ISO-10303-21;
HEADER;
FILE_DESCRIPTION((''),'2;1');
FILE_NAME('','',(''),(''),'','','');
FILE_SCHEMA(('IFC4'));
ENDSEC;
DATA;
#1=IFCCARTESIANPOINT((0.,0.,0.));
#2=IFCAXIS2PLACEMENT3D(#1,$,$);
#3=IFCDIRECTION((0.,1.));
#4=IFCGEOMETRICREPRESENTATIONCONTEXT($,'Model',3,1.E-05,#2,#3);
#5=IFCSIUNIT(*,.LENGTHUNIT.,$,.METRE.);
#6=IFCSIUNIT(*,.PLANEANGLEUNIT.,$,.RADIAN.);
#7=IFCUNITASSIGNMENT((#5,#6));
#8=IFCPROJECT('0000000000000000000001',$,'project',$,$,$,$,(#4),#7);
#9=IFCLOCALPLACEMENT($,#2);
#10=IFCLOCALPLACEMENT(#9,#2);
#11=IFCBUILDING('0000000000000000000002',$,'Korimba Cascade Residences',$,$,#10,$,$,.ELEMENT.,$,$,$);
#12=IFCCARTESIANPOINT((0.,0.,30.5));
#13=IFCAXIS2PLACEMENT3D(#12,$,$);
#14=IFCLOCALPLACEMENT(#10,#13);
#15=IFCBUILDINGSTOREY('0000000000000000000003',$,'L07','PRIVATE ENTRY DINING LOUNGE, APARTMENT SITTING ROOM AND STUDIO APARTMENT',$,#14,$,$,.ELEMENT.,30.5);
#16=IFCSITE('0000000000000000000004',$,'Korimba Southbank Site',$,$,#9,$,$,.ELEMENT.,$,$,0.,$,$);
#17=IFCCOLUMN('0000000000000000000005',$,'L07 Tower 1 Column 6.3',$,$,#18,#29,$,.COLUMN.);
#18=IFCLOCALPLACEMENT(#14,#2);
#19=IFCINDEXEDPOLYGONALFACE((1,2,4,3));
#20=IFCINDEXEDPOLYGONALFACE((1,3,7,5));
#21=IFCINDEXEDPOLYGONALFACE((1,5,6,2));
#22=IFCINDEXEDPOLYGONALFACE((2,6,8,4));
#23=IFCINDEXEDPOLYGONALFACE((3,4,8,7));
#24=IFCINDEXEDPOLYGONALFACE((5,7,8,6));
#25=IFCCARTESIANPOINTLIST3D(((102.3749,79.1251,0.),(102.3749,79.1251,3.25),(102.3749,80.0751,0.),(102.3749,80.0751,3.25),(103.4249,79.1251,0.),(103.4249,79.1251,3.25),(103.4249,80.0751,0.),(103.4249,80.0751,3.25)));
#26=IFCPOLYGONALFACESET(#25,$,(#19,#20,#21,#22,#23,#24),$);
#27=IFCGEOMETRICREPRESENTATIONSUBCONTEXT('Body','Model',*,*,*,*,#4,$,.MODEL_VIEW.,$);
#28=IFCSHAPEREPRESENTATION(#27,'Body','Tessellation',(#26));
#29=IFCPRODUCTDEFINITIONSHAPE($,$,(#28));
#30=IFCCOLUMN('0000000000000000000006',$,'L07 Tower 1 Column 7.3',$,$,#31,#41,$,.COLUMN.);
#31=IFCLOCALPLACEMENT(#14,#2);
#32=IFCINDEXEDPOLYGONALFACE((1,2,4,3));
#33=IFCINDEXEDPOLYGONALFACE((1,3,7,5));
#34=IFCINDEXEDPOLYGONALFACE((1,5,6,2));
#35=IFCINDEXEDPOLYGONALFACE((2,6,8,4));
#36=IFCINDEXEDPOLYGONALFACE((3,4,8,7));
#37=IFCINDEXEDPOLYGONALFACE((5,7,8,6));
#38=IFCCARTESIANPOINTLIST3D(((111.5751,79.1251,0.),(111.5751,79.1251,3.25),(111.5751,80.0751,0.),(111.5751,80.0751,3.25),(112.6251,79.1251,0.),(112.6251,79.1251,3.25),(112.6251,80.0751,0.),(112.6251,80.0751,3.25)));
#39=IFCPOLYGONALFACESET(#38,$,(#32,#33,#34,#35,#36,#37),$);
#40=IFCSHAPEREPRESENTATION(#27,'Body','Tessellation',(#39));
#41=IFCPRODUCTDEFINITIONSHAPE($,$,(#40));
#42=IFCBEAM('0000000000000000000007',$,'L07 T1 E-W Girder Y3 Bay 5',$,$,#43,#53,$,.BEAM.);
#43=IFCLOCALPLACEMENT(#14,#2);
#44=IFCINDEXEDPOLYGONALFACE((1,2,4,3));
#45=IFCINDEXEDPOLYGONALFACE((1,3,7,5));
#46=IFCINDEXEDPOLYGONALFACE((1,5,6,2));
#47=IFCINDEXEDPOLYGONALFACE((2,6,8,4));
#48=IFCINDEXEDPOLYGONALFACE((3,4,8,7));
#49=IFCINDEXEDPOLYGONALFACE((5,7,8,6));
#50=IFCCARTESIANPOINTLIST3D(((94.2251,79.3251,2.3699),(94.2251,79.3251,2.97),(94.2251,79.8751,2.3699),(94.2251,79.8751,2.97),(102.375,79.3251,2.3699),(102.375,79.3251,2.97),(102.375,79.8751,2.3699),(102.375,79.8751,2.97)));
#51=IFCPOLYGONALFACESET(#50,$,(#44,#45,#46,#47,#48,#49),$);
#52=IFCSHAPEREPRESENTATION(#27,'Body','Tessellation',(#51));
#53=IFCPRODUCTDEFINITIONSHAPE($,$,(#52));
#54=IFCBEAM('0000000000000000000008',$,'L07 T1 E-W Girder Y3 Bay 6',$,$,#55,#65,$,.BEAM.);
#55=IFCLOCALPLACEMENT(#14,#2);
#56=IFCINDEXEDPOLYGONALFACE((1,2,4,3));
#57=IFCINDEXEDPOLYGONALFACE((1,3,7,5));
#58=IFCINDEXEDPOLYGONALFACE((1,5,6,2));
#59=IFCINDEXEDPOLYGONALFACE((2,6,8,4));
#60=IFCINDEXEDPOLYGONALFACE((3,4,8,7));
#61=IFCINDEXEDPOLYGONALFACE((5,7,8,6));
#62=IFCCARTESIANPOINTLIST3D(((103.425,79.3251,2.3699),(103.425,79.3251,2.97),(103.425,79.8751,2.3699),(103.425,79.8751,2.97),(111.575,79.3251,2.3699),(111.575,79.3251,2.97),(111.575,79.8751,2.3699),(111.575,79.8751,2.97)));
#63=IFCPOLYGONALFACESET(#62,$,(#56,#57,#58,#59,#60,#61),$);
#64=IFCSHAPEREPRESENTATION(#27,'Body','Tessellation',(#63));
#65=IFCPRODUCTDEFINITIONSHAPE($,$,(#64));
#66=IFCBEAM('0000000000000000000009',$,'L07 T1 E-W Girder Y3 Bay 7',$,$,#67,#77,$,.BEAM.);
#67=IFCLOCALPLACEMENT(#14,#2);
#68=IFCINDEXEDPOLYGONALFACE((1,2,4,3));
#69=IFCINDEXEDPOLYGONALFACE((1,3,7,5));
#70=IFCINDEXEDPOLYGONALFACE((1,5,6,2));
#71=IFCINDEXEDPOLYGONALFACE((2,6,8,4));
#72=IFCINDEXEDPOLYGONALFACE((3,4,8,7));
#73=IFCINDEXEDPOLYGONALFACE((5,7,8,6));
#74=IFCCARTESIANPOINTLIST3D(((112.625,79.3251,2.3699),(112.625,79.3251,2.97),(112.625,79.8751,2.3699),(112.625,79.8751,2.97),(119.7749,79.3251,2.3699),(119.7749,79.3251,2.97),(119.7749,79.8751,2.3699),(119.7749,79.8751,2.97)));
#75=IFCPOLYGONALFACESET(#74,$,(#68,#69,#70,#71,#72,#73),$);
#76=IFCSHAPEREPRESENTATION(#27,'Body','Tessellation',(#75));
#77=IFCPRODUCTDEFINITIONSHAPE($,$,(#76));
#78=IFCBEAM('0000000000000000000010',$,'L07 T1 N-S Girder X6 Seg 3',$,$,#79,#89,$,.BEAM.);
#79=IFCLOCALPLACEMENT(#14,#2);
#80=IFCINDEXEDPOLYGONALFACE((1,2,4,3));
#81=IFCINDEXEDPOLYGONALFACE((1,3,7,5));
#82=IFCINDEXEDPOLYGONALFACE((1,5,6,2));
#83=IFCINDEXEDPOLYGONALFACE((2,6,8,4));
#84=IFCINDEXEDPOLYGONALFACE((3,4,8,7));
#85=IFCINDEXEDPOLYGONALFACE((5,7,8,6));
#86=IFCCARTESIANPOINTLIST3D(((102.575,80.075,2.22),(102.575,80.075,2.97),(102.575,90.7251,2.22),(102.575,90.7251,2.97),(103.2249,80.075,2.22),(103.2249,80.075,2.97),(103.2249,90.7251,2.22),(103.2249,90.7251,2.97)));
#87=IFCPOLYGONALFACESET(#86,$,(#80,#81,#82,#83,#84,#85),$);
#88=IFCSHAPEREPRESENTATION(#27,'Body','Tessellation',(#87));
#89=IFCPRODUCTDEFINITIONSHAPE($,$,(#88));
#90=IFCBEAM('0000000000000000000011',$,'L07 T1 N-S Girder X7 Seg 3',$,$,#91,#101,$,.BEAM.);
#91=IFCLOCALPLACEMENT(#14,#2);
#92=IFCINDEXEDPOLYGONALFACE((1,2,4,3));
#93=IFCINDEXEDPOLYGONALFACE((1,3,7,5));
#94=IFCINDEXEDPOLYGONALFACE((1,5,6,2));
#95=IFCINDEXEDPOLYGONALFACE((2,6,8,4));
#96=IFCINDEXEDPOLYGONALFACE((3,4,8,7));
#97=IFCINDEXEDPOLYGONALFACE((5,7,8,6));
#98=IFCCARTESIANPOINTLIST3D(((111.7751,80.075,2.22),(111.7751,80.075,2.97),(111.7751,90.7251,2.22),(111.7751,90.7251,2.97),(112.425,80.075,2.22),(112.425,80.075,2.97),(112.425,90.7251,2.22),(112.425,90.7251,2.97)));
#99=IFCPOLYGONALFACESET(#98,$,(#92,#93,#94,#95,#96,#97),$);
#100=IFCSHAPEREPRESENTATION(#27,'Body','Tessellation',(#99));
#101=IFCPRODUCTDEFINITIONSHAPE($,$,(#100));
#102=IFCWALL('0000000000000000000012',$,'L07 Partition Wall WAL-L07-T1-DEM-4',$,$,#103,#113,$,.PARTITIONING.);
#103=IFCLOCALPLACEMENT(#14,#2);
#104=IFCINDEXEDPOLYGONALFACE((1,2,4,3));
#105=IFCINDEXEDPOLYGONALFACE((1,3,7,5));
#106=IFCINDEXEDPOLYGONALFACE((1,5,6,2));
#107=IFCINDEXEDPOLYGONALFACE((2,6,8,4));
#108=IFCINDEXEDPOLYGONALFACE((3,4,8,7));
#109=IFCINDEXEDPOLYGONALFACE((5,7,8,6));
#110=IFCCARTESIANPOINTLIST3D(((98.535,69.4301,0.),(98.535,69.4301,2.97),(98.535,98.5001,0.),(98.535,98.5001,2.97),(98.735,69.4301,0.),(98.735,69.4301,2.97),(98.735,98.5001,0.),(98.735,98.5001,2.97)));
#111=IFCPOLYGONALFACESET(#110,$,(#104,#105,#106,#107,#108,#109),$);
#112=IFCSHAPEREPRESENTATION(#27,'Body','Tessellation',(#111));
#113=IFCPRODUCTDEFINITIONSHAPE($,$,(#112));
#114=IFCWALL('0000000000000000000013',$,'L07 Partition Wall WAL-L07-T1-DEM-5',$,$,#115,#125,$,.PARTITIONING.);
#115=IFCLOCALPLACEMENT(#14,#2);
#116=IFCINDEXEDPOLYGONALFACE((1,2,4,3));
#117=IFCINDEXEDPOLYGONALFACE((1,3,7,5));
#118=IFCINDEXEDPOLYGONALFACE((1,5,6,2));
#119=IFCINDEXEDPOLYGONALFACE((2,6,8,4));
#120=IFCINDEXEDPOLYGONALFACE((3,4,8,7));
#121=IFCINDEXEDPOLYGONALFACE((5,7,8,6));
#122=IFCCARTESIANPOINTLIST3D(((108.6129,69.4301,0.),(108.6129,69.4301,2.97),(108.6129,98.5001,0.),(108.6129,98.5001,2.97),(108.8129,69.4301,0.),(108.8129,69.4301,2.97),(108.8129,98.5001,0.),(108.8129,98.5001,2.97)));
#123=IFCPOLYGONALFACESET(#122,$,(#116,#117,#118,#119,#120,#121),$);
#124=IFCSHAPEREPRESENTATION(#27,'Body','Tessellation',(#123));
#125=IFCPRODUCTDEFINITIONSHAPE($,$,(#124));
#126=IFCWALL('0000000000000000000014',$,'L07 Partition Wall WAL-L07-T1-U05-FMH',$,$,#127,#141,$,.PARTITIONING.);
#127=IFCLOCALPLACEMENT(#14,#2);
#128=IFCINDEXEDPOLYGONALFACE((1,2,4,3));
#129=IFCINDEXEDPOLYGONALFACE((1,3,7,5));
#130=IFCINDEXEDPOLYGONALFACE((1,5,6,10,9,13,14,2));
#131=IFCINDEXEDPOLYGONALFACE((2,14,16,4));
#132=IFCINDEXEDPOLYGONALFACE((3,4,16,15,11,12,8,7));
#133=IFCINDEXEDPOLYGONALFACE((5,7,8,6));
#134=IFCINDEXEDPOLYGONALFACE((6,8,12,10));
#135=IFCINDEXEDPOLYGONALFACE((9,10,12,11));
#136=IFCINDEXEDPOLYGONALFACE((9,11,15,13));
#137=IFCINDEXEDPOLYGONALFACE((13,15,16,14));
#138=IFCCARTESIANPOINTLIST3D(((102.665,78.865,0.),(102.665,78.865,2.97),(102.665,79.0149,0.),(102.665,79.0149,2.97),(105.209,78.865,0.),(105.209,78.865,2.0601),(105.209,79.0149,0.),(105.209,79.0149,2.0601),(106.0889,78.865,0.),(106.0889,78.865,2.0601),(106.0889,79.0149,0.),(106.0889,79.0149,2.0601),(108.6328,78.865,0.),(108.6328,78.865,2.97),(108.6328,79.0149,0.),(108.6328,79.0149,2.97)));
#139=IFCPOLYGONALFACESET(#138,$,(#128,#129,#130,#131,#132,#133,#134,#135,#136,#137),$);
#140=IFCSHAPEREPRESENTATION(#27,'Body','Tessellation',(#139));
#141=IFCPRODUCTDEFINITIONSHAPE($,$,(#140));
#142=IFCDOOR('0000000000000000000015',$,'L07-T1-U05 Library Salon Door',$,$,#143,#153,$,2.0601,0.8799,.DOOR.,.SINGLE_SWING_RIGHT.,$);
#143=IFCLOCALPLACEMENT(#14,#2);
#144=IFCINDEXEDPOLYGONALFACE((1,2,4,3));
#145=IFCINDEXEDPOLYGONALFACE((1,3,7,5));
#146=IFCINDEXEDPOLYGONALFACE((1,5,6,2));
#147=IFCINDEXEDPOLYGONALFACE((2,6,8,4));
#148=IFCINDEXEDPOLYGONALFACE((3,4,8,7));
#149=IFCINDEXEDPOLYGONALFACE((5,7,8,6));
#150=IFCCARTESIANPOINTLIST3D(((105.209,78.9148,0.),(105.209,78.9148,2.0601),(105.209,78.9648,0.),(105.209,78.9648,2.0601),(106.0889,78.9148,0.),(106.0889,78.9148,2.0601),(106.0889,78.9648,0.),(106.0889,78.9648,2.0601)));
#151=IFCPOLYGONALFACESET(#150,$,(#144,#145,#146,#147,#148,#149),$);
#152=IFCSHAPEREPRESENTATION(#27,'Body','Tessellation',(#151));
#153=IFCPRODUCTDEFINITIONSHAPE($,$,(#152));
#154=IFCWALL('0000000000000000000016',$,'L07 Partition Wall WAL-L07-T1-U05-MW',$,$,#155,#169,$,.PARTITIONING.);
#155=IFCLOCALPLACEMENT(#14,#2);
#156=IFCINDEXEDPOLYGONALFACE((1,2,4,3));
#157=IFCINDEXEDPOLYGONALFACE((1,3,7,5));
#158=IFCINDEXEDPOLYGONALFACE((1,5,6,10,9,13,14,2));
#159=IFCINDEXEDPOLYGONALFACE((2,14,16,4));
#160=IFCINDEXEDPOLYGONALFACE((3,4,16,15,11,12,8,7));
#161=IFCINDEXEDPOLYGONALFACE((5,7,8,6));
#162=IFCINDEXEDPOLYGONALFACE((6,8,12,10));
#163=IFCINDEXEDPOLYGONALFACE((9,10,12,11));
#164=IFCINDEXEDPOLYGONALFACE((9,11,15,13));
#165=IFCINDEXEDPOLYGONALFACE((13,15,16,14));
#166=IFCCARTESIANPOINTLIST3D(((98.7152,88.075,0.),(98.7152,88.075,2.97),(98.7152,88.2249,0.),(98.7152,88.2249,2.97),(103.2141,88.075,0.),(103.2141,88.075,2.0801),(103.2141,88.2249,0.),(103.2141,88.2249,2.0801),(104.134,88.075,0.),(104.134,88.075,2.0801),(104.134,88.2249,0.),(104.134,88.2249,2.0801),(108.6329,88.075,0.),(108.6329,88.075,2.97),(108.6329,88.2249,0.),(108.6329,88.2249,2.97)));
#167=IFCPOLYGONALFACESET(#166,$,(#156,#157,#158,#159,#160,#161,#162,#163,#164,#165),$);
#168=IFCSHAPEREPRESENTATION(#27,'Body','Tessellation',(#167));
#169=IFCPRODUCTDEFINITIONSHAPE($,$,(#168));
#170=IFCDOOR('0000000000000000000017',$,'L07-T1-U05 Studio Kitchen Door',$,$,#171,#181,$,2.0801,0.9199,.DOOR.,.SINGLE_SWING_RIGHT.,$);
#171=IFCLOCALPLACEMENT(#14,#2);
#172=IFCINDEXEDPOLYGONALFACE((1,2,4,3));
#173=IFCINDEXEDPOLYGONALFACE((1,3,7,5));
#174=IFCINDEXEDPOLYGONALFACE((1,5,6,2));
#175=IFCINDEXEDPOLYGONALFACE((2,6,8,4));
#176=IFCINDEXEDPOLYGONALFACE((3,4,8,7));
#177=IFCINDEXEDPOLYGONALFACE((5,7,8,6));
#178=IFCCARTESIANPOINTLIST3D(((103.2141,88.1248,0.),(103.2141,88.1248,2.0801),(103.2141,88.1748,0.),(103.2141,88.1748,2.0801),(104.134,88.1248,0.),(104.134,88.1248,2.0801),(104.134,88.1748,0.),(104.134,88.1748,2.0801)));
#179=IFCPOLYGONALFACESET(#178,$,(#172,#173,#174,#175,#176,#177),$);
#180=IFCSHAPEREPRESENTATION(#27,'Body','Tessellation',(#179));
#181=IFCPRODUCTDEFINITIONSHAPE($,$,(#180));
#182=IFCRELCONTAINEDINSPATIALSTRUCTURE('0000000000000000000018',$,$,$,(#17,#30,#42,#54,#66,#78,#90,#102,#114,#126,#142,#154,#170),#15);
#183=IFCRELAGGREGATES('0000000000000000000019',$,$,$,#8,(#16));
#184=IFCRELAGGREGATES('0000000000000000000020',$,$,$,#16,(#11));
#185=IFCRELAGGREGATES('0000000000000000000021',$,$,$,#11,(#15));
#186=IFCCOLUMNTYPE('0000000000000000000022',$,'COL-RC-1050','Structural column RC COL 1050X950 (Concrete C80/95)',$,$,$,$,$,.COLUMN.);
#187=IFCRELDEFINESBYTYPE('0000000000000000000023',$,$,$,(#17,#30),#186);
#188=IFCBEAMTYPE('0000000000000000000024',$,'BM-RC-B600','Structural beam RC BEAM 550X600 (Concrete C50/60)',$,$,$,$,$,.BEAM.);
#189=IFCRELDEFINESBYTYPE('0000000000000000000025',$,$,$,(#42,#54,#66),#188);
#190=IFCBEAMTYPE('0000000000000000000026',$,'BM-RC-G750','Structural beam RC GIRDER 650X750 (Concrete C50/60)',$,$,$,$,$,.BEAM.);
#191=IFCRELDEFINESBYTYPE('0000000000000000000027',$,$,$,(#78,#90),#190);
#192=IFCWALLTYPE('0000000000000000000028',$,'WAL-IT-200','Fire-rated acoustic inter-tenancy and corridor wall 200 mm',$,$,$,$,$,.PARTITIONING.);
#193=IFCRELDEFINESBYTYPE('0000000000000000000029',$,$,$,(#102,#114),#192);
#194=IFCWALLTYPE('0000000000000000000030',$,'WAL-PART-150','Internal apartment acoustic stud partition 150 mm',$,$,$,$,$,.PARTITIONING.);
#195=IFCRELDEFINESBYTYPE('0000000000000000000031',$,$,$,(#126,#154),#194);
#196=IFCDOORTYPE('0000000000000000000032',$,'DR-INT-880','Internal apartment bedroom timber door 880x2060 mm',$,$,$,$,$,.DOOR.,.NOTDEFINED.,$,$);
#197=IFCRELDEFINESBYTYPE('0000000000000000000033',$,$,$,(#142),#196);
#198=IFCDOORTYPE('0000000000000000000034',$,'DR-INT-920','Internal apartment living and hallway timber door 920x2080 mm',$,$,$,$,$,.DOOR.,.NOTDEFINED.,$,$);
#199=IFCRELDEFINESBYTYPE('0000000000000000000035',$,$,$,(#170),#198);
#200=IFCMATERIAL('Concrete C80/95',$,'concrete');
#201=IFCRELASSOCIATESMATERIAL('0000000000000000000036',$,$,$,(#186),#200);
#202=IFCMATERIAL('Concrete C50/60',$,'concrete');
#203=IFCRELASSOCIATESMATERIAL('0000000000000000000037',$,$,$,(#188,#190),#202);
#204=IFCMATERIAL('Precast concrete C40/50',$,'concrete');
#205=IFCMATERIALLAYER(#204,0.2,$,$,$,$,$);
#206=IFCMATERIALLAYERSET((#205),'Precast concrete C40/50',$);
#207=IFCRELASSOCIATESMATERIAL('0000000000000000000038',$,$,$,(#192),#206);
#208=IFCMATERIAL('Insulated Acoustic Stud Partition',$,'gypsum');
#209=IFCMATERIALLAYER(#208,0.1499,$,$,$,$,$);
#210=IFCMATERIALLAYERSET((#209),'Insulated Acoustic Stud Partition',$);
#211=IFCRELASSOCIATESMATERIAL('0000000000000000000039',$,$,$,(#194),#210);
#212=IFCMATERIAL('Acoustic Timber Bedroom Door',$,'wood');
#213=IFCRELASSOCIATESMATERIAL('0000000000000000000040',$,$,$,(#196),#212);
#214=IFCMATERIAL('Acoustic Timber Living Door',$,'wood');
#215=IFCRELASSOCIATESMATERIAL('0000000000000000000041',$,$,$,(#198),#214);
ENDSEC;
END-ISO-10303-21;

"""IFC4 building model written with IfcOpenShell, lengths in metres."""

from ifc_helpers import new_model, si_unit, direction, frame, frame_2d, origin, origin_2d, place, context, subcontext, project, spatial, rectangle, extrude, material, layer, layer_set, material_profile, profile_set, type_object, element, fill, save


model = new_model("IFC4")

# Units and contexts
model_context = context("Model", 3, precision=1e-05, world=origin(), true_north=direction((0.0, 1.0)))
body_context = subcontext(model_context, "Body", "Model", "MODEL_VIEW")
ifc_project = project(units=[si_unit("LENGTHUNIT", "METRE"), si_unit("PLANEANGLEUNIT", "RADIAN")], contexts=[model_context])

# Site, building, storey
site_placement = place(None, origin())
site = spatial("IfcSite", under=ifc_project, at=site_placement, Name="Korimba Southbank Site", CompositionType="ELEMENT", RefElevation=0.0)
building_placement = place(site_placement, origin())
building = spatial("IfcBuilding", under=site, at=building_placement, Name="Korimba Cascade Residences", CompositionType="ELEMENT")
storey_placement = place(building_placement, frame((0.0, 0.0, 30.5)))
storey = spatial("IfcBuildingStorey", under=building, at=storey_placement, Name="L07", Description="PRIVATE ENTRY DINING LOUNGE, APARTMENT SITTING ROOM AND STUDIO APARTMENT", CompositionType="ELEMENT", Elevation=30.5)

# Columns
ifc_material_1 = material(Name="Concrete C80/95", Category="concrete")
ifc_material_profile_1 = material_profile(ifc_material_1, rectangle(XDim=1.05, YDim=0.95, at=origin_2d()), Name="Concrete C80/95")
ifc_profile_set_1 = profile_set([ifc_material_profile_1], Name="Concrete C80/95")
column_type = type_object("IfcColumnType", Name="COL-RC-1050", Description="Structural column RC COL 1050X950 (Concrete C80/95)", PredefinedType="COLUMN", material=ifc_profile_set_1)
for number, where, z_axis, x_axis, name in (
    (1, (102.8999, 79.6001, 0.0), (0.0, 0.0, 1.0), (1.0, 0.0, 0.0), "L07 Tower 1 Column 6.3"),
    (2, (112.1001, 79.6001, 0.0), (0.0, 0.0, 1.0), (1.0, 0.0, 0.0), "L07 Tower 1 Column 7.3"),
):
    element("IfcColumn", number, at=place(storey_placement, frame(where, z_axis=z_axis, x_axis=x_axis)), inside=storey, type_object=column_type, Name=name, PredefinedType="COLUMN", context=body_context, shape_type="SweptSolid", body=[
        extrude(rectangle(XDim=1.05, YDim=0.95, at=origin_2d()), origin(), (0.0, 0.0, 1.0), 3.25),
    ])

# Beams
ifc_material_2 = material(Name="Concrete C50/60", Category="concrete")
ifc_material_profile_2 = material_profile(ifc_material_2, rectangle(XDim=0.55, YDim=0.6001, at=origin_2d()), Name="Concrete C50/60")
ifc_profile_set_2 = profile_set([ifc_material_profile_2], Name="Concrete C50/60")
beam_type_1 = type_object("IfcBeamType", Name="BM-RC-B600", Description="Structural beam RC BEAM 550X600 (Concrete C50/60)", PredefinedType="BEAM", material=ifc_profile_set_2)
for number, where, z_axis, x_axis, name in (
    (3, (94.2251, 79.6001, 2.6699), (1.0, 0.0, 0.0), (0.0, 1.0, 0.0), "L07 T1 E-W Girder Y3 Bay 5"),
    (4, (103.425, 79.6001, 2.6699), (1.0, 0.0, 0.0), (0.0, 1.0, 0.0), "L07 T1 E-W Girder Y3 Bay 6"),
):
    element("IfcBeam", number, at=place(storey_placement, frame(where, z_axis=z_axis, x_axis=x_axis)), inside=storey, type_object=beam_type_1, Name=name, PredefinedType="BEAM", context=body_context, shape_type="SweptSolid", body=[
        extrude(rectangle(XDim=0.55, YDim=0.6001, at=origin_2d()), origin(), (0.0, 0.0, 1.0), 8.1499),
    ])
beam_placement = place(storey_placement, frame((112.625, 79.6001, 2.6699), z_axis=(1.0, 0.0, 0.0), x_axis=(0.0, 1.0, 0.0)))
element("IfcBeam", 5, at=beam_placement, inside=storey, type_object=beam_type_1, Name="L07 T1 E-W Girder Y3 Bay 7", PredefinedType="BEAM", context=body_context, shape_type="SweptSolid", body=[
    extrude(rectangle(XDim=0.55, YDim=0.6001, at=origin_2d()), origin(), (0.0, 0.0, 1.0), 7.1499),
])
ifc_material_profile_3 = material_profile(ifc_material_2, rectangle(XDim=0.6499, YDim=0.75, at=origin_2d()), Name="Concrete C50/60")
ifc_profile_set_3 = profile_set([ifc_material_profile_3], Name="Concrete C50/60")
beam_type_2 = type_object("IfcBeamType", Name="BM-RC-G750", Description="Structural beam RC GIRDER 650X750 (Concrete C50/60)", PredefinedType="BEAM", material=ifc_profile_set_3)
for number, where, z_axis, x_axis, name in (
    (6, (102.8999, 80.075, 2.595), (0.0, 1.0, 0.0), (-1.0, 0.0, 0.0), "L07 T1 N-S Girder X6 Seg 3"),
    (7, (112.1001, 80.075, 2.595), (0.0, 1.0, 0.0), (-1.0, 0.0, 0.0), "L07 T1 N-S Girder X7 Seg 3"),
):
    element("IfcBeam", number, at=place(storey_placement, frame(where, z_axis=z_axis, x_axis=x_axis)), inside=storey, type_object=beam_type_2, Name=name, PredefinedType="BEAM", context=body_context, shape_type="SweptSolid", body=[
        extrude(rectangle(XDim=0.6499, YDim=0.75, at=origin_2d()), origin(), (0.0, 0.0, 1.0), 10.6501),
    ])

# Walls
ifc_material_3 = material(Name="Precast concrete C40/50", Category="concrete")
ifc_layer_1 = layer(ifc_material_3, 0.2)
ifc_layer_set_1 = layer_set([ifc_layer_1], Name="Precast concrete C40/50")
wall_type_1 = type_object("IfcWallType", Name="WAL-IT-200", Description="Fire-rated acoustic inter-tenancy and corridor wall 200 mm", PredefinedType="PARTITIONING", material=ifc_layer_set_1)
for number, where, z_axis, x_axis, name in (
    (8, (98.635, 69.4299, 0.0), (0.0, 0.0, 1.0), (0.0, 1.0, 0.0), "L07 Partition Wall WAL-L07-T1-DEM-4"),
    (9, (108.7129, 69.4299, 0.0), (0.0, 0.0, 1.0), (0.0, 1.0, 0.0), "L07 Partition Wall WAL-L07-T1-DEM-5"),
):
    element("IfcWall", number, at=place(storey_placement, frame(where, z_axis=z_axis, x_axis=x_axis)), inside=storey, type_object=wall_type_1, Name=name, PredefinedType="PARTITIONING", context=body_context, shape_type="SweptSolid", body=[
        extrude(rectangle(XDim=29.0701, YDim=0.2, at=frame_2d((14.5352, 0.0))), origin(), (0.0, 0.0, 1.0), 2.97),
    ])

# Walls, openings, doors
ifc_material_4 = material(Name="Insulated Acoustic Stud Partition", Category="gypsum")
ifc_layer_2 = layer(ifc_material_4, 0.1499)
ifc_layer_set_2 = layer_set([ifc_layer_2], Name="Insulated Acoustic Stud Partition")
wall_type_2 = type_object("IfcWallType", Name="WAL-PART-150", Description="Internal apartment acoustic stud partition 150 mm", PredefinedType="PARTITIONING", material=ifc_layer_set_2)
wall_1_placement = place(storey_placement, frame((102.665, 78.9399, 0.0), z_axis=(0.0, 0.0, 1.0), x_axis=(1.0, 0.0, 0.0)))
wall_1 = element("IfcWall", 10, at=wall_1_placement, inside=storey, type_object=wall_type_2, Name="L07 Partition Wall WAL-L07-T1-U05-FMH", PredefinedType="PARTITIONING", context=body_context, shape_type="SweptSolid", body=[
    extrude(rectangle(XDim=5.9678, YDim=0.1499, at=frame_2d((2.9839, 0.0))), origin(), (0.0, 0.0, 1.0), 2.97),
])
opening_1_placement = place(wall_1_placement, frame((2.5439, 0.0, 0.0)))
opening_1 = element("IfcOpeningElement", 11, at=opening_1_placement, cuts=wall_1, PredefinedType="OPENING", context=body_context, shape_type="SweptSolid", body=[
    extrude(rectangle(XDim=0.8799, YDim=2.0601, at=frame_2d((0.4399, 1.03))), frame((0.0, 0.085, 0.0), z_axis=(0.0, -1.0, 0.0), x_axis=(1.0, 0.0, 0.0)), (0.0, 0.0, 1.0), 0.1699),
])
ifc_material_5 = material(Name="Acoustic Timber Bedroom Door", Category="wood")
door_type_1 = type_object("IfcDoorType", Name="DR-INT-880", Description="Internal apartment bedroom timber door 880x2060 mm", OperationType="NOTDEFINED", PredefinedType="DOOR", material=ifc_material_5)
door_1_placement = place(opening_1_placement, origin())
door_1 = element("IfcDoor", 12, at=door_1_placement, inside=storey, type_object=door_type_1, Name="L07-T1-U05 Library Salon Door", OperationType="SINGLE_SWING_RIGHT", OverallHeight=2.0601, OverallWidth=0.8799, PredefinedType="DOOR", context=body_context, shape_type="SweptSolid", body=[
    extrude(rectangle(XDim=0.8799, YDim=2.0601, at=frame_2d((0.4399, 1.03))), frame((0.0, 0.0249, 0.0), z_axis=(0.0, -1.0, 0.0), x_axis=(1.0, 0.0, 0.0)), (0.0, 0.0, 1.0), 0.05),
])
fill(opening_1, door_1)
wall_2_placement = place(storey_placement, frame((98.7151, 88.1499, 0.0), z_axis=(0.0, 0.0, 1.0), x_axis=(1.0, 0.0, 0.0)))
wall_2 = element("IfcWall", 13, at=wall_2_placement, inside=storey, type_object=wall_type_2, Name="L07 Partition Wall WAL-L07-T1-U05-MW", PredefinedType="PARTITIONING", context=body_context, shape_type="SweptSolid", body=[
    extrude(rectangle(XDim=9.9177, YDim=0.1499, at=frame_2d((4.959, 0.0))), origin(), (0.0, 0.0, 1.0), 2.97),
])
opening_2_placement = place(wall_2_placement, frame((4.499, 0.0, 0.0)))
opening_2 = element("IfcOpeningElement", 14, at=opening_2_placement, cuts=wall_2, PredefinedType="OPENING", context=body_context, shape_type="SweptSolid", body=[
    extrude(rectangle(XDim=0.9199, YDim=2.0801, at=frame_2d((0.46, 1.04))), frame((0.0, 0.085, 0.0), z_axis=(0.0, -1.0, 0.0), x_axis=(1.0, 0.0, 0.0)), (0.0, 0.0, 1.0), 0.1699),
])
ifc_material_6 = material(Name="Acoustic Timber Living Door", Category="wood")
door_type_2 = type_object("IfcDoorType", Name="DR-INT-920", Description="Internal apartment living and hallway timber door 920x2080 mm", OperationType="NOTDEFINED", PredefinedType="DOOR", material=ifc_material_6)
door_2_placement = place(opening_2_placement, origin())
door_2 = element("IfcDoor", 15, at=door_2_placement, inside=storey, type_object=door_type_2, Name="L07-T1-U05 Studio Kitchen Door", OperationType="SINGLE_SWING_RIGHT", OverallHeight=2.0801, OverallWidth=0.9199, PredefinedType="DOOR", context=body_context, shape_type="SweptSolid", body=[
    extrude(rectangle(XDim=0.9199, YDim=2.0801, at=frame_2d((0.46, 1.04))), frame((0.0, 0.0249, 0.0), z_axis=(0.0, -1.0, 0.0), x_axis=(1.0, 0.0, 0.0)), (0.0, 0.0, 1.0), 0.05),
])
fill(opening_2, door_2)

save(model, "model.ifc")
